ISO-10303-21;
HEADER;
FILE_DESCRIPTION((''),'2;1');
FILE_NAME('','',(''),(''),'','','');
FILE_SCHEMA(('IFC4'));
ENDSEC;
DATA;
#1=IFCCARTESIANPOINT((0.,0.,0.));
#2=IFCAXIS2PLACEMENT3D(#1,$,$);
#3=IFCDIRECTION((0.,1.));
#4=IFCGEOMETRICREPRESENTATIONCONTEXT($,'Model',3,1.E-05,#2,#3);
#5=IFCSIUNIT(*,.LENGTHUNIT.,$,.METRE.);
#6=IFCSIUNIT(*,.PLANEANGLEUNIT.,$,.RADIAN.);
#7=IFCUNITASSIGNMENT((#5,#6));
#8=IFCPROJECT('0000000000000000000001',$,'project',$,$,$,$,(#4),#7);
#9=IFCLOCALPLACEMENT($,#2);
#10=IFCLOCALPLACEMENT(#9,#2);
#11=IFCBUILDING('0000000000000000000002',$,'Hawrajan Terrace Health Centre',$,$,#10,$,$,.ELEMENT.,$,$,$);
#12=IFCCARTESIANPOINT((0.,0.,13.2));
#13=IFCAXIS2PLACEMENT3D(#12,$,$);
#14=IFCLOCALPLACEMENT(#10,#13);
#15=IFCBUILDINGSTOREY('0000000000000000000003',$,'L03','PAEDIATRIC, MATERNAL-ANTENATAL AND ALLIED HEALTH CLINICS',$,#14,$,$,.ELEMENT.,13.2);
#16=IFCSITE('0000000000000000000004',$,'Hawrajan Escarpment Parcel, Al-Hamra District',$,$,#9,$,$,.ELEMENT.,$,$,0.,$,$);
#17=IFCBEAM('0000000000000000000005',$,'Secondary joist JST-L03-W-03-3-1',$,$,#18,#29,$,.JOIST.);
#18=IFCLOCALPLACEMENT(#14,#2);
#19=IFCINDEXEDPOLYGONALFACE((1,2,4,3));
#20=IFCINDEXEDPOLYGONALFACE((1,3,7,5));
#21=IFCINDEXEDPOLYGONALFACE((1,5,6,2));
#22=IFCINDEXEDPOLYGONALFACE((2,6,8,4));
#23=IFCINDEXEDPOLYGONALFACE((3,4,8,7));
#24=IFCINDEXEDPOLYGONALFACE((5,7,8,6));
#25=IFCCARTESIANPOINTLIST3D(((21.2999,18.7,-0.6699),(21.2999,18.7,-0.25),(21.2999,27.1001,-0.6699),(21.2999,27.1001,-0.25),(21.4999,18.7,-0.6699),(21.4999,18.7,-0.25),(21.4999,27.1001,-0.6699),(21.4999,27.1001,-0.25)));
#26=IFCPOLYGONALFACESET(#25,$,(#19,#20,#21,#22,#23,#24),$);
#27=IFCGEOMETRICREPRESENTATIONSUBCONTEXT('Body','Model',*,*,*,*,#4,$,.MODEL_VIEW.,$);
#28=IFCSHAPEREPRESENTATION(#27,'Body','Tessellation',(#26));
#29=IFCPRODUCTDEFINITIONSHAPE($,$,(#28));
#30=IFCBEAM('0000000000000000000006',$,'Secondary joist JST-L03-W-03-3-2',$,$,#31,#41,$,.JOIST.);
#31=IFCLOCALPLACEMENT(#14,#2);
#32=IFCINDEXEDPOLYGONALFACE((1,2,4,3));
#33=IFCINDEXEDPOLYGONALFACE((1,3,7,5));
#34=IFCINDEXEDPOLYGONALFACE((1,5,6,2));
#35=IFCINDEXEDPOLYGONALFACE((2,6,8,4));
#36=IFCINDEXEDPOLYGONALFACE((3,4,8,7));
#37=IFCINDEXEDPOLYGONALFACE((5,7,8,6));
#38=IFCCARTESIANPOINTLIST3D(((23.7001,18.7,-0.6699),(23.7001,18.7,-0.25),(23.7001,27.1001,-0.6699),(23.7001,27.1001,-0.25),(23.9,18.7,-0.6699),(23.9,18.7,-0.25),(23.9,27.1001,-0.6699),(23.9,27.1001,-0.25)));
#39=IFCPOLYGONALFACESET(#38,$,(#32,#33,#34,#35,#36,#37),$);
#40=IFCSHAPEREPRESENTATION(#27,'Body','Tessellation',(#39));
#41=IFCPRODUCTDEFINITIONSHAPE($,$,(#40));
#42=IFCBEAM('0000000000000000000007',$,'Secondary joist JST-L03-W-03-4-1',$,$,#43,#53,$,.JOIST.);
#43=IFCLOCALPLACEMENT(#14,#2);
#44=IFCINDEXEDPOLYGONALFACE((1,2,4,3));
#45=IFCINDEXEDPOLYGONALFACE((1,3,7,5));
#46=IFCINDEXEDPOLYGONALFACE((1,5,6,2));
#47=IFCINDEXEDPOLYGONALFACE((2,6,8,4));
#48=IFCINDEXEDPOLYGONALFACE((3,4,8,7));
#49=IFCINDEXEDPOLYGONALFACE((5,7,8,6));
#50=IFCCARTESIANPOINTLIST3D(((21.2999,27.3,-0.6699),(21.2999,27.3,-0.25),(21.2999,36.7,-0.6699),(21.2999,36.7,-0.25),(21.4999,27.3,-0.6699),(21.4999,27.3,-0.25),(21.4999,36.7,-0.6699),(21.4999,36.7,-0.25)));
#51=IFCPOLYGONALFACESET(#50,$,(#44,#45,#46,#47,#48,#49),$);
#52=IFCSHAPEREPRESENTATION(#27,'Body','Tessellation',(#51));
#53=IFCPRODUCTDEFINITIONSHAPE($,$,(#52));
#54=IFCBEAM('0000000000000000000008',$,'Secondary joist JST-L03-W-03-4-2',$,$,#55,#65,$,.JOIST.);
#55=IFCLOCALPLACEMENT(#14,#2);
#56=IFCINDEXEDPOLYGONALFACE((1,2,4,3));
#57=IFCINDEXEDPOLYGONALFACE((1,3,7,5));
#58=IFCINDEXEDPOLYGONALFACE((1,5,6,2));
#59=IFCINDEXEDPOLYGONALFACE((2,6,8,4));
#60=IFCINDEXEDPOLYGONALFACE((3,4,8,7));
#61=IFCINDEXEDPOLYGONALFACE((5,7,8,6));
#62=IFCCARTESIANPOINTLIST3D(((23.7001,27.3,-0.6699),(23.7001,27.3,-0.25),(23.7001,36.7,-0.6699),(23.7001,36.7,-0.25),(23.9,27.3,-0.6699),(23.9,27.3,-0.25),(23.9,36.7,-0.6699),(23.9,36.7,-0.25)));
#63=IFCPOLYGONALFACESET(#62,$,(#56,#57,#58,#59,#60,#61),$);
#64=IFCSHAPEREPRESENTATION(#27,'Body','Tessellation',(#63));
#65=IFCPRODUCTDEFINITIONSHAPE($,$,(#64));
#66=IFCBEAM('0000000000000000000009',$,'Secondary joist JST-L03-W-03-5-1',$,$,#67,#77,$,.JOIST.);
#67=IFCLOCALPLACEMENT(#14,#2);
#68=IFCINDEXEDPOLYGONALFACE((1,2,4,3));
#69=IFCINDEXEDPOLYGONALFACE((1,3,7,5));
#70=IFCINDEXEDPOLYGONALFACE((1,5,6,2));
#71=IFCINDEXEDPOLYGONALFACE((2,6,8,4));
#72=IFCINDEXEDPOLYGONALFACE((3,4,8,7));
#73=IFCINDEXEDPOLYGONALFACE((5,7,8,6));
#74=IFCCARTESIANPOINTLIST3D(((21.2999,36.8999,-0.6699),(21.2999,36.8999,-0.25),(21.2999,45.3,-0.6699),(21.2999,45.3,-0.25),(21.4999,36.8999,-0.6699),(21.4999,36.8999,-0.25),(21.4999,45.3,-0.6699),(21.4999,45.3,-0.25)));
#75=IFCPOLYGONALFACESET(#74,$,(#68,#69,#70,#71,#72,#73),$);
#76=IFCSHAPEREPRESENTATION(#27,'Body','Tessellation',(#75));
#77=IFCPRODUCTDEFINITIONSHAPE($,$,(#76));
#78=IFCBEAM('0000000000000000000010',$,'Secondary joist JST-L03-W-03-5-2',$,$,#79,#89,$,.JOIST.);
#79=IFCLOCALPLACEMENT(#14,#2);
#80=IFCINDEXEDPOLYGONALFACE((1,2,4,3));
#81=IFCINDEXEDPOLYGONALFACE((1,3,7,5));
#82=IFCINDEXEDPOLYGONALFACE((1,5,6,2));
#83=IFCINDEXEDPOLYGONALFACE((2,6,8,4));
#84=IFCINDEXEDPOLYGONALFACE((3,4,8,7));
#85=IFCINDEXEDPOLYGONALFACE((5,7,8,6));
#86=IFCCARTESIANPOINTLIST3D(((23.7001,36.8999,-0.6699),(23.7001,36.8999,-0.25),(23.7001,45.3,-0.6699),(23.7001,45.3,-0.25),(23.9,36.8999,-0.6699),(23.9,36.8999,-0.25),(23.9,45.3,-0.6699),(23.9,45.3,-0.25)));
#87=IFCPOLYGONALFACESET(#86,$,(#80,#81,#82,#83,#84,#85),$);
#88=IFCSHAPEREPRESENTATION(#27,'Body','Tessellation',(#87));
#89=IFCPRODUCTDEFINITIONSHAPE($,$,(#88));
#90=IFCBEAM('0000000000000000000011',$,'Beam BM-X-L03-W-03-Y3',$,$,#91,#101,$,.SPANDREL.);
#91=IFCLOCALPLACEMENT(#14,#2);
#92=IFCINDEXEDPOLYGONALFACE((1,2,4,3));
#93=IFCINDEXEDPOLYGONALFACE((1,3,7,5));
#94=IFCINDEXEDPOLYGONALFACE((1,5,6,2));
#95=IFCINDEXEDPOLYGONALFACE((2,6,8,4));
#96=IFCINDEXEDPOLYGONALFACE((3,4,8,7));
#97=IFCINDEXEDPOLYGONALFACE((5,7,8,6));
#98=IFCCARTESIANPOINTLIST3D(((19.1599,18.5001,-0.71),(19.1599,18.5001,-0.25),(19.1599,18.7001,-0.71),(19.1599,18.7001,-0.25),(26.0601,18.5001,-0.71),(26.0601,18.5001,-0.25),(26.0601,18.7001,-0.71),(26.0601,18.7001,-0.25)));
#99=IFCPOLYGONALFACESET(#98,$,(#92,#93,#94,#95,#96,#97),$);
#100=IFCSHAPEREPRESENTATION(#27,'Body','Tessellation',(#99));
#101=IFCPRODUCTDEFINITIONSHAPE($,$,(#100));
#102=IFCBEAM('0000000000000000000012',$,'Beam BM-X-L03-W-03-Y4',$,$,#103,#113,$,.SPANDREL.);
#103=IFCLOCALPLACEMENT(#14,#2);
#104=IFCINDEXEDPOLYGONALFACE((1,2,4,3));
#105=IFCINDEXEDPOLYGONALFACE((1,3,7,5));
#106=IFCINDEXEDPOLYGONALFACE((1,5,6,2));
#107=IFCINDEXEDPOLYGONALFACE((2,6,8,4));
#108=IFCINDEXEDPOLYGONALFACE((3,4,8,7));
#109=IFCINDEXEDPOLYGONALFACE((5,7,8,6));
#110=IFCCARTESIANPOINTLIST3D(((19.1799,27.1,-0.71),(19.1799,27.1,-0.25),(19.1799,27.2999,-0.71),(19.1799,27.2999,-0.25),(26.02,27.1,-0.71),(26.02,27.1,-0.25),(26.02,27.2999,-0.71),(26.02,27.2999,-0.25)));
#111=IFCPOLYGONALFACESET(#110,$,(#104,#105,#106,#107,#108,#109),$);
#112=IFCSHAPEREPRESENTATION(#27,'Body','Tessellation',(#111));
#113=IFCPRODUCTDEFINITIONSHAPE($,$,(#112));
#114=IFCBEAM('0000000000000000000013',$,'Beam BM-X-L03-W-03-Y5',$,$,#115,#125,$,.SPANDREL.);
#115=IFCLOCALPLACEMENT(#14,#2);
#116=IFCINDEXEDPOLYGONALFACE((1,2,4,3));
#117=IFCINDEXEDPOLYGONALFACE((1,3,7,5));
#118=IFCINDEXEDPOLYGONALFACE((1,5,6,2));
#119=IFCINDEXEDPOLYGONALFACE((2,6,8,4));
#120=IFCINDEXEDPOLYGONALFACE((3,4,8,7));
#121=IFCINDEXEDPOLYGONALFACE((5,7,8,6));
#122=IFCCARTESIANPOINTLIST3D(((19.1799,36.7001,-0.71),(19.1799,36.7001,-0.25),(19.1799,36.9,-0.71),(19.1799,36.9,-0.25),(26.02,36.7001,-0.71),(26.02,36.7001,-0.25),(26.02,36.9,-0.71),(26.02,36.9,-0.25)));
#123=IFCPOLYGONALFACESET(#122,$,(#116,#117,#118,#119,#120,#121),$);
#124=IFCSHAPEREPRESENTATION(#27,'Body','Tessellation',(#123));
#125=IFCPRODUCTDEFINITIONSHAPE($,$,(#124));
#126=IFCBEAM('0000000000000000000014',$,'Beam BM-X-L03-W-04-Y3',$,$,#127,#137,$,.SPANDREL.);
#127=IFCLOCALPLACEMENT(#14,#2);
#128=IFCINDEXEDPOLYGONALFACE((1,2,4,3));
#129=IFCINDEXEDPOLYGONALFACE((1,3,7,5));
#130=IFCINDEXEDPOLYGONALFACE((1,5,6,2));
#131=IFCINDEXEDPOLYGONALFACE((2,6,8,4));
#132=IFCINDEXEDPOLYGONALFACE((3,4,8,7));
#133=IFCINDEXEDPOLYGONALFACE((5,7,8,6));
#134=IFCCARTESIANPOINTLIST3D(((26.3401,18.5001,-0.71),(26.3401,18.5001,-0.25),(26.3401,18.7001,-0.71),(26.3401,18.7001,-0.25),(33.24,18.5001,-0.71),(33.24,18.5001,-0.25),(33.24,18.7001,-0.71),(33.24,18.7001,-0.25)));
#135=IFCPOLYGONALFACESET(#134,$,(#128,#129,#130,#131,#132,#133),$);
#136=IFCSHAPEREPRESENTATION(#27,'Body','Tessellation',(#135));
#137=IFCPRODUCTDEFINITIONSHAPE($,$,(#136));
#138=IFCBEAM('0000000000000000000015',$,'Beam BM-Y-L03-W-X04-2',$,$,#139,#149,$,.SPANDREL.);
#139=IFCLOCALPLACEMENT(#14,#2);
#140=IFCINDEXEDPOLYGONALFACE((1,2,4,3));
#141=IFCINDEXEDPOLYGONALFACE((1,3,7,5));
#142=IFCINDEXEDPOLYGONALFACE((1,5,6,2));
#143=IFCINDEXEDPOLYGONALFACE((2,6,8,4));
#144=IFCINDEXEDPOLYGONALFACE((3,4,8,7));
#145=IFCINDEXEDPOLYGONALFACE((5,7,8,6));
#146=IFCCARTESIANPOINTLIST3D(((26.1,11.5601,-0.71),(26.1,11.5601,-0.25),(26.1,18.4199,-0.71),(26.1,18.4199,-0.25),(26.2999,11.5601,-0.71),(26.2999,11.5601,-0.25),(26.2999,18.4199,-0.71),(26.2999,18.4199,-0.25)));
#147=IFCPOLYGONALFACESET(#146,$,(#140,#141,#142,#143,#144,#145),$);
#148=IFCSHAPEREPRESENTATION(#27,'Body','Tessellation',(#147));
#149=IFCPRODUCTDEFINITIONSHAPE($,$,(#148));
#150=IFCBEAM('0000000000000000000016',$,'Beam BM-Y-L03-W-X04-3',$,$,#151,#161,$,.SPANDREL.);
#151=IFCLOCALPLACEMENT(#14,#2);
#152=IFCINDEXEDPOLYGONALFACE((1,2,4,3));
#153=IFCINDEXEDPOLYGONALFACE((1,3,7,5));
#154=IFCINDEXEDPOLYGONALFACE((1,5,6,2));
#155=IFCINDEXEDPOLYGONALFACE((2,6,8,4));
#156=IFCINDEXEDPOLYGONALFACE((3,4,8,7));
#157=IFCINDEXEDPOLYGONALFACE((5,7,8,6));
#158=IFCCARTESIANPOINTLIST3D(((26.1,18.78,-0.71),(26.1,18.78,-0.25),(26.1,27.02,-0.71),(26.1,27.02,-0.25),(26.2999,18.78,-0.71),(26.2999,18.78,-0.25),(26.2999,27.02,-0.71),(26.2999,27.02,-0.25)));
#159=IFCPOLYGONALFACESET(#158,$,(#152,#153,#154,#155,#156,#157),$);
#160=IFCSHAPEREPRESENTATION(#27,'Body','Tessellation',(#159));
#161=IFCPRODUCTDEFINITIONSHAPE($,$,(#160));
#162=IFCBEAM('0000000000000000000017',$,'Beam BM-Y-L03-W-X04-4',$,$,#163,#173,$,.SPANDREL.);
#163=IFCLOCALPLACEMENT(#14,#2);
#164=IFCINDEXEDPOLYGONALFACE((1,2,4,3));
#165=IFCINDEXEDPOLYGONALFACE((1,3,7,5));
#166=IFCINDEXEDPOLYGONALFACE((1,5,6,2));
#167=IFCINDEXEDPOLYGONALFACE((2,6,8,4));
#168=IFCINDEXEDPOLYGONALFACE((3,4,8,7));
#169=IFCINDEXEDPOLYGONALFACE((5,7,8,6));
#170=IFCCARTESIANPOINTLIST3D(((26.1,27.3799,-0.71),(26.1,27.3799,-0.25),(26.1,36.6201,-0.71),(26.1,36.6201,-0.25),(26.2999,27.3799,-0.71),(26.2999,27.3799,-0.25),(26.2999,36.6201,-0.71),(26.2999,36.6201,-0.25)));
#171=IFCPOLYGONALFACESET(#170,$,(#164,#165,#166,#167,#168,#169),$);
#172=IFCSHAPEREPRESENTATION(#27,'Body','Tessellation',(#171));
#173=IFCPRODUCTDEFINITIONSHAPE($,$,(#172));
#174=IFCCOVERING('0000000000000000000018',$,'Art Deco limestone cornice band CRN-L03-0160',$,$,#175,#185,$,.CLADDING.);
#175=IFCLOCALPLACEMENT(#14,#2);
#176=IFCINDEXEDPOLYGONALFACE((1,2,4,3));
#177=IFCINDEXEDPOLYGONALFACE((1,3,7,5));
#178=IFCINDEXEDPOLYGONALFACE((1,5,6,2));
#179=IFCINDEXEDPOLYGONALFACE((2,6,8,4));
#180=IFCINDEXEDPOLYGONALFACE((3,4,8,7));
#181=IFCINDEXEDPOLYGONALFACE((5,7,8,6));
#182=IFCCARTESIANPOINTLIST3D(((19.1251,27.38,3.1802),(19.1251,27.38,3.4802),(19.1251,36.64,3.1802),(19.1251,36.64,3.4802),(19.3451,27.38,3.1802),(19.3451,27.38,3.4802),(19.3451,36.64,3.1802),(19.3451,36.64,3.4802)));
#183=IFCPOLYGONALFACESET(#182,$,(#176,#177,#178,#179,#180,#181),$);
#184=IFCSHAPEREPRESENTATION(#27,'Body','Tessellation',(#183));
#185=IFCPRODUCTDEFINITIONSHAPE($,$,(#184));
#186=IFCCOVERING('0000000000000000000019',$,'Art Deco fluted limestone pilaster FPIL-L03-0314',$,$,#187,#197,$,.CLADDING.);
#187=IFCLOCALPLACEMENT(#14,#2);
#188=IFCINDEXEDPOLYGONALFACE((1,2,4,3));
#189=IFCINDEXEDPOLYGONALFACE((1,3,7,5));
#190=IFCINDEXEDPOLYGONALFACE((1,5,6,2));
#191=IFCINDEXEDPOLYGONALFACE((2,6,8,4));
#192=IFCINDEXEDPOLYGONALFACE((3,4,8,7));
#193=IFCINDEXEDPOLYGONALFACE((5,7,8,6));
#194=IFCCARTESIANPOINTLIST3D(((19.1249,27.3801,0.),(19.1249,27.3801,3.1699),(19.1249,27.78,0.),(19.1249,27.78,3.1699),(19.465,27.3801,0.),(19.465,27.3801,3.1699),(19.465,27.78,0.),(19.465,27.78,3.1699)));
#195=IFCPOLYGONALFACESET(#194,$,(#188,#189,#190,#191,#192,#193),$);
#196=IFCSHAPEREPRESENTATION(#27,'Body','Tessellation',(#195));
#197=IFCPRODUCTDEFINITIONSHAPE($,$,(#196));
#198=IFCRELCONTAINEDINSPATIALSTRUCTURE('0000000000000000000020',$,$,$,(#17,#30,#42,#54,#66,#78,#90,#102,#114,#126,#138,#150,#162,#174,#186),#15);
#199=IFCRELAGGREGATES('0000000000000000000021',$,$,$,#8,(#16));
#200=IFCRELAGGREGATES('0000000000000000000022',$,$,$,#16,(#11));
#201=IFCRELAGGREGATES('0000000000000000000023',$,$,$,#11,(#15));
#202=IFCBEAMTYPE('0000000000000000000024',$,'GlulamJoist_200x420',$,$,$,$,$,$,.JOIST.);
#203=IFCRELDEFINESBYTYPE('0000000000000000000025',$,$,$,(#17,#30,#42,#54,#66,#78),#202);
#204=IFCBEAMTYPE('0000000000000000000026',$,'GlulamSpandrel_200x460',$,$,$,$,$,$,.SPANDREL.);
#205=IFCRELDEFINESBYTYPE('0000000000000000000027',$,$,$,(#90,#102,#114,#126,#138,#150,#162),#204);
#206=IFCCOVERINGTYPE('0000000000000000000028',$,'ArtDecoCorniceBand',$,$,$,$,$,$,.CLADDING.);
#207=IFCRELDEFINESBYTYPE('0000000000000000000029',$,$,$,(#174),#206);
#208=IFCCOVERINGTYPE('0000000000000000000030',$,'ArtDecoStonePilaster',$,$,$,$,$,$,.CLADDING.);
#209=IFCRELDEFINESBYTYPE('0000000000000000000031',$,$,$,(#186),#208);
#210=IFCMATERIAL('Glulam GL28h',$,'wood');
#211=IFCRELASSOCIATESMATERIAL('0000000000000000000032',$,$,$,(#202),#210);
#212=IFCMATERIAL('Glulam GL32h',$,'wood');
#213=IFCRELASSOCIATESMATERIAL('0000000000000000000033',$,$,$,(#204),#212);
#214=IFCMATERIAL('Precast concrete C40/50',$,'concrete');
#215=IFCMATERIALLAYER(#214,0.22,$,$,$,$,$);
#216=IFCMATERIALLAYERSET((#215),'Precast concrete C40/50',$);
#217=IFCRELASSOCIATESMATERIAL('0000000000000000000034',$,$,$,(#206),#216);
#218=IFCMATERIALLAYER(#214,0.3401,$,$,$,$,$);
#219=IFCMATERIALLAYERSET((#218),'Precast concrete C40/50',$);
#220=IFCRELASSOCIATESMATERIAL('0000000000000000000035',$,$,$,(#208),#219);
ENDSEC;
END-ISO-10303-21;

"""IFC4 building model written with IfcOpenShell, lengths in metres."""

from ifc_helpers import new_model, si_unit, direction, frame, origin, origin_2d, place, context, subcontext, project, spatial, rectangle, extrude, material, layer, layer_set, material_profile, profile_set, type_object, element, save


model = new_model("IFC4")

# Units and contexts
model_context = context("Model", 3, precision=1e-05, world=origin(), true_north=direction((0.0, 1.0)))
body_context = subcontext(model_context, "Body", "Model", "MODEL_VIEW")
ifc_project = project(units=[si_unit("LENGTHUNIT", "METRE"), si_unit("PLANEANGLEUNIT", "RADIAN")], contexts=[model_context])

# Site, building, storey
site_placement = place(None, origin())
site = spatial("IfcSite", under=ifc_project, at=site_placement, Name="Hawrajan Escarpment Parcel, Al-Hamra District", CompositionType="ELEMENT", RefElevation=0.0)
building_placement = place(site_placement, origin())
building = spatial("IfcBuilding", under=site, at=building_placement, Name="Hawrajan Terrace Health Centre", CompositionType="ELEMENT")
storey_placement = place(building_placement, frame((0.0, 0.0, 13.2)))
storey = spatial("IfcBuildingStorey", under=building, at=storey_placement, Name="L03", Description="PAEDIATRIC, MATERNAL-ANTENATAL AND ALLIED HEALTH CLINICS", CompositionType="ELEMENT", Elevation=13.2)

# Beams
ifc_material_1 = material(Name="Glulam GL28h", Category="wood")
ifc_material_profile_1 = material_profile(ifc_material_1, rectangle(XDim=0.2, YDim=0.4199, at=origin_2d()), Name="GL JST 200x420")
ifc_profile_set_1 = profile_set([ifc_material_profile_1], Name="Glulam GL28h")
beam_type_1 = type_object("IfcBeamType", Name="GlulamJoist_200x420", PredefinedType="JOIST", material=ifc_profile_set_1)
for number, where, z_axis, x_axis, name in (
    (1, (21.3999, 18.7, -0.46), (0.0, 1.0, 0.0), (-1.0, 0.0, 0.0), "Secondary joist JST-L03-W-03-3-1"),
    (2, (23.8, 18.7, -0.46), (0.0, 1.0, 0.0), (-1.0, 0.0, 0.0), "Secondary joist JST-L03-W-03-3-2"),
):
    element("IfcBeam", number, at=place(storey_placement, frame(where, z_axis=z_axis, x_axis=x_axis)), inside=storey, type_object=beam_type_1, Name=name, PredefinedType="JOIST", context=body_context, shape_type="SweptSolid", body=[
        extrude(rectangle(XDim=0.2, YDim=0.4199, at=origin_2d()), origin(), (0.0, 0.0, 1.0), 8.4001),
    ])
for number, where, z_axis, x_axis, name in (
    (3, (21.3999, 27.3, -0.46), (0.0, 1.0, 0.0), (-1.0, 0.0, 0.0), "Secondary joist JST-L03-W-03-4-1"),
    (4, (23.8, 27.3, -0.46), (0.0, 1.0, 0.0), (-1.0, 0.0, 0.0), "Secondary joist JST-L03-W-03-4-2"),
):
    element("IfcBeam", number, at=place(storey_placement, frame(where, z_axis=z_axis, x_axis=x_axis)), inside=storey, type_object=beam_type_1, Name=name, PredefinedType="JOIST", context=body_context, shape_type="SweptSolid", body=[
        extrude(rectangle(XDim=0.2, YDim=0.4199, at=origin_2d()), origin(), (0.0, 0.0, 1.0), 9.3999),
    ])
for number, where, z_axis, x_axis, name in (
    (5, (21.3999, 36.8999, -0.46), (0.0, 1.0, 0.0), (-1.0, 0.0, 0.0), "Secondary joist JST-L03-W-03-5-1"),
    (6, (23.8, 36.8999, -0.46), (0.0, 1.0, 0.0), (-1.0, 0.0, 0.0), "Secondary joist JST-L03-W-03-5-2"),
):
    element("IfcBeam", number, at=place(storey_placement, frame(where, z_axis=z_axis, x_axis=x_axis)), inside=storey, type_object=beam_type_1, Name=name, PredefinedType="JOIST", context=body_context, shape_type="SweptSolid", body=[
        extrude(rectangle(XDim=0.2, YDim=0.4199, at=origin_2d()), origin(), (0.0, 0.0, 1.0), 8.4001),
    ])
ifc_material_2 = material(Name="Glulam GL32h", Category="wood")
ifc_material_profile_2 = material_profile(ifc_material_2, rectangle(XDim=0.2, YDim=0.46, at=origin_2d()), Name="GL SP 200x460")
ifc_profile_set_2 = profile_set([ifc_material_profile_2], Name="Glulam GL32h")
beam_type_2 = type_object("IfcBeamType", Name="GlulamSpandrel_200x460", PredefinedType="SPANDREL", material=ifc_profile_set_2)
beam_1_placement = place(storey_placement, frame((19.1599, 18.6001, -0.48), z_axis=(1.0, 0.0, 0.0), x_axis=(0.0, 1.0, 0.0)))
element("IfcBeam", 7, at=beam_1_placement, inside=storey, type_object=beam_type_2, Name="Beam BM-X-L03-W-03-Y3", PredefinedType="SPANDREL", context=body_context, shape_type="SweptSolid", body=[
    extrude(rectangle(XDim=0.2, YDim=0.46, at=origin_2d()), origin(), (0.0, 0.0, 1.0), 6.9001),
])
for number, where, z_axis, x_axis, name in (
    (8, (19.1799, 27.2, -0.48), (1.0, 0.0, 0.0), (0.0, 1.0, 0.0), "Beam BM-X-L03-W-03-Y4"),
    (9, (19.1799, 36.8, -0.48), (1.0, 0.0, 0.0), (0.0, 1.0, 0.0), "Beam BM-X-L03-W-03-Y5"),
):
    element("IfcBeam", number, at=place(storey_placement, frame(where, z_axis=z_axis, x_axis=x_axis)), inside=storey, type_object=beam_type_2, Name=name, PredefinedType="SPANDREL", context=body_context, shape_type="SweptSolid", body=[
        extrude(rectangle(XDim=0.2, YDim=0.46, at=origin_2d()), origin(), (0.0, 0.0, 1.0), 6.8401),
    ])
beam_2_placement = place(storey_placement, frame((26.3401, 18.6001, -0.48), z_axis=(1.0, 0.0, 0.0), x_axis=(0.0, 1.0, 0.0)))
element("IfcBeam", 10, at=beam_2_placement, inside=storey, type_object=beam_type_2, Name="Beam BM-X-L03-W-04-Y3", PredefinedType="SPANDREL", context=body_context, shape_type="SweptSolid", body=[
    extrude(rectangle(XDim=0.2, YDim=0.46, at=origin_2d()), origin(), (0.0, 0.0, 1.0), 6.8999),
])
beam_3_placement = place(storey_placement, frame((26.2, 11.5601, -0.48), z_axis=(0.0, 1.0, 0.0), x_axis=(-1.0, 0.0, 0.0)))
element("IfcBeam", 11, at=beam_3_placement, inside=storey, type_object=beam_type_2, Name="Beam BM-Y-L03-W-X04-2", PredefinedType="SPANDREL", context=body_context, shape_type="SweptSolid", body=[
    extrude(rectangle(XDim=0.2, YDim=0.46, at=origin_2d()), origin(), (0.0, 0.0, 1.0), 6.8599),
])
beam_4_placement = place(storey_placement, frame((26.2, 18.78, -0.48), z_axis=(0.0, 1.0, 0.0), x_axis=(-1.0, 0.0, 0.0)))
element("IfcBeam", 12, at=beam_4_placement, inside=storey, type_object=beam_type_2, Name="Beam BM-Y-L03-W-X04-3", PredefinedType="SPANDREL", context=body_context, shape_type="SweptSolid", body=[
    extrude(rectangle(XDim=0.2, YDim=0.46, at=origin_2d()), origin(), (0.0, 0.0, 1.0), 8.24),
])
beam_5_placement = place(storey_placement, frame((26.2, 27.3799, -0.48), z_axis=(0.0, 1.0, 0.0), x_axis=(-1.0, 0.0, 0.0)))
element("IfcBeam", 13, at=beam_5_placement, inside=storey, type_object=beam_type_2, Name="Beam BM-Y-L03-W-X04-4", PredefinedType="SPANDREL", context=body_context, shape_type="SweptSolid", body=[
    extrude(rectangle(XDim=0.2, YDim=0.46, at=origin_2d()), origin(), (0.0, 0.0, 1.0), 9.2402),
])

# Coverings
ifc_material_3 = material(Name="Precast concrete C40/50", Category="concrete")
ifc_layer_1 = layer(ifc_material_3, 0.22)
ifc_layer_set_1 = layer_set([ifc_layer_1], Name="Precast concrete C40/50")
covering_type_1 = type_object("IfcCoveringType", Name="ArtDecoCorniceBand", PredefinedType="CLADDING", material=ifc_layer_set_1)
covering_1_placement = place(storey_placement, frame((19.2351, 32.01, 3.1802), z_axis=(0.0, 0.0, 1.0), x_axis=(0.0, 1.0, 0.0)))
element("IfcCovering", 14, at=covering_1_placement, inside=storey, type_object=covering_type_1, Name="Art Deco limestone cornice band CRN-L03-0160", PredefinedType="CLADDING", context=body_context, shape_type="SweptSolid", body=[
    extrude(rectangle(XDim=9.26, YDim=0.22, at=origin_2d()), origin(), (0.0, 0.0, 1.0), 0.3),
])
ifc_layer_2 = layer(ifc_material_3, 0.3401)
ifc_layer_set_2 = layer_set([ifc_layer_2], Name="Precast concrete C40/50")
covering_type_2 = type_object("IfcCoveringType", Name="ArtDecoStonePilaster", PredefinedType="CLADDING", material=ifc_layer_set_2)
for number, where, z_axis, x_axis, name in (
    (15, (19.2949, 27.5801, 0.0), (0.0, 0.0, 1.0), (0.0, 1.0, 0.0), "Art Deco fluted limestone pilaster FPIL-L03-0314"),
):
    element("IfcCovering", number, at=place(storey_placement, frame(where, z_axis=z_axis, x_axis=x_axis)), inside=storey, type_object=covering_type_2, Name=name, PredefinedType="CLADDING", context=body_context, shape_type="SweptSolid", body=[
        extrude(rectangle(XDim=0.3999, YDim=0.3401, at=origin_2d()), origin(), (0.0, 0.0, 1.0), 3.1699),
    ])

save(model, "model.ifc")
